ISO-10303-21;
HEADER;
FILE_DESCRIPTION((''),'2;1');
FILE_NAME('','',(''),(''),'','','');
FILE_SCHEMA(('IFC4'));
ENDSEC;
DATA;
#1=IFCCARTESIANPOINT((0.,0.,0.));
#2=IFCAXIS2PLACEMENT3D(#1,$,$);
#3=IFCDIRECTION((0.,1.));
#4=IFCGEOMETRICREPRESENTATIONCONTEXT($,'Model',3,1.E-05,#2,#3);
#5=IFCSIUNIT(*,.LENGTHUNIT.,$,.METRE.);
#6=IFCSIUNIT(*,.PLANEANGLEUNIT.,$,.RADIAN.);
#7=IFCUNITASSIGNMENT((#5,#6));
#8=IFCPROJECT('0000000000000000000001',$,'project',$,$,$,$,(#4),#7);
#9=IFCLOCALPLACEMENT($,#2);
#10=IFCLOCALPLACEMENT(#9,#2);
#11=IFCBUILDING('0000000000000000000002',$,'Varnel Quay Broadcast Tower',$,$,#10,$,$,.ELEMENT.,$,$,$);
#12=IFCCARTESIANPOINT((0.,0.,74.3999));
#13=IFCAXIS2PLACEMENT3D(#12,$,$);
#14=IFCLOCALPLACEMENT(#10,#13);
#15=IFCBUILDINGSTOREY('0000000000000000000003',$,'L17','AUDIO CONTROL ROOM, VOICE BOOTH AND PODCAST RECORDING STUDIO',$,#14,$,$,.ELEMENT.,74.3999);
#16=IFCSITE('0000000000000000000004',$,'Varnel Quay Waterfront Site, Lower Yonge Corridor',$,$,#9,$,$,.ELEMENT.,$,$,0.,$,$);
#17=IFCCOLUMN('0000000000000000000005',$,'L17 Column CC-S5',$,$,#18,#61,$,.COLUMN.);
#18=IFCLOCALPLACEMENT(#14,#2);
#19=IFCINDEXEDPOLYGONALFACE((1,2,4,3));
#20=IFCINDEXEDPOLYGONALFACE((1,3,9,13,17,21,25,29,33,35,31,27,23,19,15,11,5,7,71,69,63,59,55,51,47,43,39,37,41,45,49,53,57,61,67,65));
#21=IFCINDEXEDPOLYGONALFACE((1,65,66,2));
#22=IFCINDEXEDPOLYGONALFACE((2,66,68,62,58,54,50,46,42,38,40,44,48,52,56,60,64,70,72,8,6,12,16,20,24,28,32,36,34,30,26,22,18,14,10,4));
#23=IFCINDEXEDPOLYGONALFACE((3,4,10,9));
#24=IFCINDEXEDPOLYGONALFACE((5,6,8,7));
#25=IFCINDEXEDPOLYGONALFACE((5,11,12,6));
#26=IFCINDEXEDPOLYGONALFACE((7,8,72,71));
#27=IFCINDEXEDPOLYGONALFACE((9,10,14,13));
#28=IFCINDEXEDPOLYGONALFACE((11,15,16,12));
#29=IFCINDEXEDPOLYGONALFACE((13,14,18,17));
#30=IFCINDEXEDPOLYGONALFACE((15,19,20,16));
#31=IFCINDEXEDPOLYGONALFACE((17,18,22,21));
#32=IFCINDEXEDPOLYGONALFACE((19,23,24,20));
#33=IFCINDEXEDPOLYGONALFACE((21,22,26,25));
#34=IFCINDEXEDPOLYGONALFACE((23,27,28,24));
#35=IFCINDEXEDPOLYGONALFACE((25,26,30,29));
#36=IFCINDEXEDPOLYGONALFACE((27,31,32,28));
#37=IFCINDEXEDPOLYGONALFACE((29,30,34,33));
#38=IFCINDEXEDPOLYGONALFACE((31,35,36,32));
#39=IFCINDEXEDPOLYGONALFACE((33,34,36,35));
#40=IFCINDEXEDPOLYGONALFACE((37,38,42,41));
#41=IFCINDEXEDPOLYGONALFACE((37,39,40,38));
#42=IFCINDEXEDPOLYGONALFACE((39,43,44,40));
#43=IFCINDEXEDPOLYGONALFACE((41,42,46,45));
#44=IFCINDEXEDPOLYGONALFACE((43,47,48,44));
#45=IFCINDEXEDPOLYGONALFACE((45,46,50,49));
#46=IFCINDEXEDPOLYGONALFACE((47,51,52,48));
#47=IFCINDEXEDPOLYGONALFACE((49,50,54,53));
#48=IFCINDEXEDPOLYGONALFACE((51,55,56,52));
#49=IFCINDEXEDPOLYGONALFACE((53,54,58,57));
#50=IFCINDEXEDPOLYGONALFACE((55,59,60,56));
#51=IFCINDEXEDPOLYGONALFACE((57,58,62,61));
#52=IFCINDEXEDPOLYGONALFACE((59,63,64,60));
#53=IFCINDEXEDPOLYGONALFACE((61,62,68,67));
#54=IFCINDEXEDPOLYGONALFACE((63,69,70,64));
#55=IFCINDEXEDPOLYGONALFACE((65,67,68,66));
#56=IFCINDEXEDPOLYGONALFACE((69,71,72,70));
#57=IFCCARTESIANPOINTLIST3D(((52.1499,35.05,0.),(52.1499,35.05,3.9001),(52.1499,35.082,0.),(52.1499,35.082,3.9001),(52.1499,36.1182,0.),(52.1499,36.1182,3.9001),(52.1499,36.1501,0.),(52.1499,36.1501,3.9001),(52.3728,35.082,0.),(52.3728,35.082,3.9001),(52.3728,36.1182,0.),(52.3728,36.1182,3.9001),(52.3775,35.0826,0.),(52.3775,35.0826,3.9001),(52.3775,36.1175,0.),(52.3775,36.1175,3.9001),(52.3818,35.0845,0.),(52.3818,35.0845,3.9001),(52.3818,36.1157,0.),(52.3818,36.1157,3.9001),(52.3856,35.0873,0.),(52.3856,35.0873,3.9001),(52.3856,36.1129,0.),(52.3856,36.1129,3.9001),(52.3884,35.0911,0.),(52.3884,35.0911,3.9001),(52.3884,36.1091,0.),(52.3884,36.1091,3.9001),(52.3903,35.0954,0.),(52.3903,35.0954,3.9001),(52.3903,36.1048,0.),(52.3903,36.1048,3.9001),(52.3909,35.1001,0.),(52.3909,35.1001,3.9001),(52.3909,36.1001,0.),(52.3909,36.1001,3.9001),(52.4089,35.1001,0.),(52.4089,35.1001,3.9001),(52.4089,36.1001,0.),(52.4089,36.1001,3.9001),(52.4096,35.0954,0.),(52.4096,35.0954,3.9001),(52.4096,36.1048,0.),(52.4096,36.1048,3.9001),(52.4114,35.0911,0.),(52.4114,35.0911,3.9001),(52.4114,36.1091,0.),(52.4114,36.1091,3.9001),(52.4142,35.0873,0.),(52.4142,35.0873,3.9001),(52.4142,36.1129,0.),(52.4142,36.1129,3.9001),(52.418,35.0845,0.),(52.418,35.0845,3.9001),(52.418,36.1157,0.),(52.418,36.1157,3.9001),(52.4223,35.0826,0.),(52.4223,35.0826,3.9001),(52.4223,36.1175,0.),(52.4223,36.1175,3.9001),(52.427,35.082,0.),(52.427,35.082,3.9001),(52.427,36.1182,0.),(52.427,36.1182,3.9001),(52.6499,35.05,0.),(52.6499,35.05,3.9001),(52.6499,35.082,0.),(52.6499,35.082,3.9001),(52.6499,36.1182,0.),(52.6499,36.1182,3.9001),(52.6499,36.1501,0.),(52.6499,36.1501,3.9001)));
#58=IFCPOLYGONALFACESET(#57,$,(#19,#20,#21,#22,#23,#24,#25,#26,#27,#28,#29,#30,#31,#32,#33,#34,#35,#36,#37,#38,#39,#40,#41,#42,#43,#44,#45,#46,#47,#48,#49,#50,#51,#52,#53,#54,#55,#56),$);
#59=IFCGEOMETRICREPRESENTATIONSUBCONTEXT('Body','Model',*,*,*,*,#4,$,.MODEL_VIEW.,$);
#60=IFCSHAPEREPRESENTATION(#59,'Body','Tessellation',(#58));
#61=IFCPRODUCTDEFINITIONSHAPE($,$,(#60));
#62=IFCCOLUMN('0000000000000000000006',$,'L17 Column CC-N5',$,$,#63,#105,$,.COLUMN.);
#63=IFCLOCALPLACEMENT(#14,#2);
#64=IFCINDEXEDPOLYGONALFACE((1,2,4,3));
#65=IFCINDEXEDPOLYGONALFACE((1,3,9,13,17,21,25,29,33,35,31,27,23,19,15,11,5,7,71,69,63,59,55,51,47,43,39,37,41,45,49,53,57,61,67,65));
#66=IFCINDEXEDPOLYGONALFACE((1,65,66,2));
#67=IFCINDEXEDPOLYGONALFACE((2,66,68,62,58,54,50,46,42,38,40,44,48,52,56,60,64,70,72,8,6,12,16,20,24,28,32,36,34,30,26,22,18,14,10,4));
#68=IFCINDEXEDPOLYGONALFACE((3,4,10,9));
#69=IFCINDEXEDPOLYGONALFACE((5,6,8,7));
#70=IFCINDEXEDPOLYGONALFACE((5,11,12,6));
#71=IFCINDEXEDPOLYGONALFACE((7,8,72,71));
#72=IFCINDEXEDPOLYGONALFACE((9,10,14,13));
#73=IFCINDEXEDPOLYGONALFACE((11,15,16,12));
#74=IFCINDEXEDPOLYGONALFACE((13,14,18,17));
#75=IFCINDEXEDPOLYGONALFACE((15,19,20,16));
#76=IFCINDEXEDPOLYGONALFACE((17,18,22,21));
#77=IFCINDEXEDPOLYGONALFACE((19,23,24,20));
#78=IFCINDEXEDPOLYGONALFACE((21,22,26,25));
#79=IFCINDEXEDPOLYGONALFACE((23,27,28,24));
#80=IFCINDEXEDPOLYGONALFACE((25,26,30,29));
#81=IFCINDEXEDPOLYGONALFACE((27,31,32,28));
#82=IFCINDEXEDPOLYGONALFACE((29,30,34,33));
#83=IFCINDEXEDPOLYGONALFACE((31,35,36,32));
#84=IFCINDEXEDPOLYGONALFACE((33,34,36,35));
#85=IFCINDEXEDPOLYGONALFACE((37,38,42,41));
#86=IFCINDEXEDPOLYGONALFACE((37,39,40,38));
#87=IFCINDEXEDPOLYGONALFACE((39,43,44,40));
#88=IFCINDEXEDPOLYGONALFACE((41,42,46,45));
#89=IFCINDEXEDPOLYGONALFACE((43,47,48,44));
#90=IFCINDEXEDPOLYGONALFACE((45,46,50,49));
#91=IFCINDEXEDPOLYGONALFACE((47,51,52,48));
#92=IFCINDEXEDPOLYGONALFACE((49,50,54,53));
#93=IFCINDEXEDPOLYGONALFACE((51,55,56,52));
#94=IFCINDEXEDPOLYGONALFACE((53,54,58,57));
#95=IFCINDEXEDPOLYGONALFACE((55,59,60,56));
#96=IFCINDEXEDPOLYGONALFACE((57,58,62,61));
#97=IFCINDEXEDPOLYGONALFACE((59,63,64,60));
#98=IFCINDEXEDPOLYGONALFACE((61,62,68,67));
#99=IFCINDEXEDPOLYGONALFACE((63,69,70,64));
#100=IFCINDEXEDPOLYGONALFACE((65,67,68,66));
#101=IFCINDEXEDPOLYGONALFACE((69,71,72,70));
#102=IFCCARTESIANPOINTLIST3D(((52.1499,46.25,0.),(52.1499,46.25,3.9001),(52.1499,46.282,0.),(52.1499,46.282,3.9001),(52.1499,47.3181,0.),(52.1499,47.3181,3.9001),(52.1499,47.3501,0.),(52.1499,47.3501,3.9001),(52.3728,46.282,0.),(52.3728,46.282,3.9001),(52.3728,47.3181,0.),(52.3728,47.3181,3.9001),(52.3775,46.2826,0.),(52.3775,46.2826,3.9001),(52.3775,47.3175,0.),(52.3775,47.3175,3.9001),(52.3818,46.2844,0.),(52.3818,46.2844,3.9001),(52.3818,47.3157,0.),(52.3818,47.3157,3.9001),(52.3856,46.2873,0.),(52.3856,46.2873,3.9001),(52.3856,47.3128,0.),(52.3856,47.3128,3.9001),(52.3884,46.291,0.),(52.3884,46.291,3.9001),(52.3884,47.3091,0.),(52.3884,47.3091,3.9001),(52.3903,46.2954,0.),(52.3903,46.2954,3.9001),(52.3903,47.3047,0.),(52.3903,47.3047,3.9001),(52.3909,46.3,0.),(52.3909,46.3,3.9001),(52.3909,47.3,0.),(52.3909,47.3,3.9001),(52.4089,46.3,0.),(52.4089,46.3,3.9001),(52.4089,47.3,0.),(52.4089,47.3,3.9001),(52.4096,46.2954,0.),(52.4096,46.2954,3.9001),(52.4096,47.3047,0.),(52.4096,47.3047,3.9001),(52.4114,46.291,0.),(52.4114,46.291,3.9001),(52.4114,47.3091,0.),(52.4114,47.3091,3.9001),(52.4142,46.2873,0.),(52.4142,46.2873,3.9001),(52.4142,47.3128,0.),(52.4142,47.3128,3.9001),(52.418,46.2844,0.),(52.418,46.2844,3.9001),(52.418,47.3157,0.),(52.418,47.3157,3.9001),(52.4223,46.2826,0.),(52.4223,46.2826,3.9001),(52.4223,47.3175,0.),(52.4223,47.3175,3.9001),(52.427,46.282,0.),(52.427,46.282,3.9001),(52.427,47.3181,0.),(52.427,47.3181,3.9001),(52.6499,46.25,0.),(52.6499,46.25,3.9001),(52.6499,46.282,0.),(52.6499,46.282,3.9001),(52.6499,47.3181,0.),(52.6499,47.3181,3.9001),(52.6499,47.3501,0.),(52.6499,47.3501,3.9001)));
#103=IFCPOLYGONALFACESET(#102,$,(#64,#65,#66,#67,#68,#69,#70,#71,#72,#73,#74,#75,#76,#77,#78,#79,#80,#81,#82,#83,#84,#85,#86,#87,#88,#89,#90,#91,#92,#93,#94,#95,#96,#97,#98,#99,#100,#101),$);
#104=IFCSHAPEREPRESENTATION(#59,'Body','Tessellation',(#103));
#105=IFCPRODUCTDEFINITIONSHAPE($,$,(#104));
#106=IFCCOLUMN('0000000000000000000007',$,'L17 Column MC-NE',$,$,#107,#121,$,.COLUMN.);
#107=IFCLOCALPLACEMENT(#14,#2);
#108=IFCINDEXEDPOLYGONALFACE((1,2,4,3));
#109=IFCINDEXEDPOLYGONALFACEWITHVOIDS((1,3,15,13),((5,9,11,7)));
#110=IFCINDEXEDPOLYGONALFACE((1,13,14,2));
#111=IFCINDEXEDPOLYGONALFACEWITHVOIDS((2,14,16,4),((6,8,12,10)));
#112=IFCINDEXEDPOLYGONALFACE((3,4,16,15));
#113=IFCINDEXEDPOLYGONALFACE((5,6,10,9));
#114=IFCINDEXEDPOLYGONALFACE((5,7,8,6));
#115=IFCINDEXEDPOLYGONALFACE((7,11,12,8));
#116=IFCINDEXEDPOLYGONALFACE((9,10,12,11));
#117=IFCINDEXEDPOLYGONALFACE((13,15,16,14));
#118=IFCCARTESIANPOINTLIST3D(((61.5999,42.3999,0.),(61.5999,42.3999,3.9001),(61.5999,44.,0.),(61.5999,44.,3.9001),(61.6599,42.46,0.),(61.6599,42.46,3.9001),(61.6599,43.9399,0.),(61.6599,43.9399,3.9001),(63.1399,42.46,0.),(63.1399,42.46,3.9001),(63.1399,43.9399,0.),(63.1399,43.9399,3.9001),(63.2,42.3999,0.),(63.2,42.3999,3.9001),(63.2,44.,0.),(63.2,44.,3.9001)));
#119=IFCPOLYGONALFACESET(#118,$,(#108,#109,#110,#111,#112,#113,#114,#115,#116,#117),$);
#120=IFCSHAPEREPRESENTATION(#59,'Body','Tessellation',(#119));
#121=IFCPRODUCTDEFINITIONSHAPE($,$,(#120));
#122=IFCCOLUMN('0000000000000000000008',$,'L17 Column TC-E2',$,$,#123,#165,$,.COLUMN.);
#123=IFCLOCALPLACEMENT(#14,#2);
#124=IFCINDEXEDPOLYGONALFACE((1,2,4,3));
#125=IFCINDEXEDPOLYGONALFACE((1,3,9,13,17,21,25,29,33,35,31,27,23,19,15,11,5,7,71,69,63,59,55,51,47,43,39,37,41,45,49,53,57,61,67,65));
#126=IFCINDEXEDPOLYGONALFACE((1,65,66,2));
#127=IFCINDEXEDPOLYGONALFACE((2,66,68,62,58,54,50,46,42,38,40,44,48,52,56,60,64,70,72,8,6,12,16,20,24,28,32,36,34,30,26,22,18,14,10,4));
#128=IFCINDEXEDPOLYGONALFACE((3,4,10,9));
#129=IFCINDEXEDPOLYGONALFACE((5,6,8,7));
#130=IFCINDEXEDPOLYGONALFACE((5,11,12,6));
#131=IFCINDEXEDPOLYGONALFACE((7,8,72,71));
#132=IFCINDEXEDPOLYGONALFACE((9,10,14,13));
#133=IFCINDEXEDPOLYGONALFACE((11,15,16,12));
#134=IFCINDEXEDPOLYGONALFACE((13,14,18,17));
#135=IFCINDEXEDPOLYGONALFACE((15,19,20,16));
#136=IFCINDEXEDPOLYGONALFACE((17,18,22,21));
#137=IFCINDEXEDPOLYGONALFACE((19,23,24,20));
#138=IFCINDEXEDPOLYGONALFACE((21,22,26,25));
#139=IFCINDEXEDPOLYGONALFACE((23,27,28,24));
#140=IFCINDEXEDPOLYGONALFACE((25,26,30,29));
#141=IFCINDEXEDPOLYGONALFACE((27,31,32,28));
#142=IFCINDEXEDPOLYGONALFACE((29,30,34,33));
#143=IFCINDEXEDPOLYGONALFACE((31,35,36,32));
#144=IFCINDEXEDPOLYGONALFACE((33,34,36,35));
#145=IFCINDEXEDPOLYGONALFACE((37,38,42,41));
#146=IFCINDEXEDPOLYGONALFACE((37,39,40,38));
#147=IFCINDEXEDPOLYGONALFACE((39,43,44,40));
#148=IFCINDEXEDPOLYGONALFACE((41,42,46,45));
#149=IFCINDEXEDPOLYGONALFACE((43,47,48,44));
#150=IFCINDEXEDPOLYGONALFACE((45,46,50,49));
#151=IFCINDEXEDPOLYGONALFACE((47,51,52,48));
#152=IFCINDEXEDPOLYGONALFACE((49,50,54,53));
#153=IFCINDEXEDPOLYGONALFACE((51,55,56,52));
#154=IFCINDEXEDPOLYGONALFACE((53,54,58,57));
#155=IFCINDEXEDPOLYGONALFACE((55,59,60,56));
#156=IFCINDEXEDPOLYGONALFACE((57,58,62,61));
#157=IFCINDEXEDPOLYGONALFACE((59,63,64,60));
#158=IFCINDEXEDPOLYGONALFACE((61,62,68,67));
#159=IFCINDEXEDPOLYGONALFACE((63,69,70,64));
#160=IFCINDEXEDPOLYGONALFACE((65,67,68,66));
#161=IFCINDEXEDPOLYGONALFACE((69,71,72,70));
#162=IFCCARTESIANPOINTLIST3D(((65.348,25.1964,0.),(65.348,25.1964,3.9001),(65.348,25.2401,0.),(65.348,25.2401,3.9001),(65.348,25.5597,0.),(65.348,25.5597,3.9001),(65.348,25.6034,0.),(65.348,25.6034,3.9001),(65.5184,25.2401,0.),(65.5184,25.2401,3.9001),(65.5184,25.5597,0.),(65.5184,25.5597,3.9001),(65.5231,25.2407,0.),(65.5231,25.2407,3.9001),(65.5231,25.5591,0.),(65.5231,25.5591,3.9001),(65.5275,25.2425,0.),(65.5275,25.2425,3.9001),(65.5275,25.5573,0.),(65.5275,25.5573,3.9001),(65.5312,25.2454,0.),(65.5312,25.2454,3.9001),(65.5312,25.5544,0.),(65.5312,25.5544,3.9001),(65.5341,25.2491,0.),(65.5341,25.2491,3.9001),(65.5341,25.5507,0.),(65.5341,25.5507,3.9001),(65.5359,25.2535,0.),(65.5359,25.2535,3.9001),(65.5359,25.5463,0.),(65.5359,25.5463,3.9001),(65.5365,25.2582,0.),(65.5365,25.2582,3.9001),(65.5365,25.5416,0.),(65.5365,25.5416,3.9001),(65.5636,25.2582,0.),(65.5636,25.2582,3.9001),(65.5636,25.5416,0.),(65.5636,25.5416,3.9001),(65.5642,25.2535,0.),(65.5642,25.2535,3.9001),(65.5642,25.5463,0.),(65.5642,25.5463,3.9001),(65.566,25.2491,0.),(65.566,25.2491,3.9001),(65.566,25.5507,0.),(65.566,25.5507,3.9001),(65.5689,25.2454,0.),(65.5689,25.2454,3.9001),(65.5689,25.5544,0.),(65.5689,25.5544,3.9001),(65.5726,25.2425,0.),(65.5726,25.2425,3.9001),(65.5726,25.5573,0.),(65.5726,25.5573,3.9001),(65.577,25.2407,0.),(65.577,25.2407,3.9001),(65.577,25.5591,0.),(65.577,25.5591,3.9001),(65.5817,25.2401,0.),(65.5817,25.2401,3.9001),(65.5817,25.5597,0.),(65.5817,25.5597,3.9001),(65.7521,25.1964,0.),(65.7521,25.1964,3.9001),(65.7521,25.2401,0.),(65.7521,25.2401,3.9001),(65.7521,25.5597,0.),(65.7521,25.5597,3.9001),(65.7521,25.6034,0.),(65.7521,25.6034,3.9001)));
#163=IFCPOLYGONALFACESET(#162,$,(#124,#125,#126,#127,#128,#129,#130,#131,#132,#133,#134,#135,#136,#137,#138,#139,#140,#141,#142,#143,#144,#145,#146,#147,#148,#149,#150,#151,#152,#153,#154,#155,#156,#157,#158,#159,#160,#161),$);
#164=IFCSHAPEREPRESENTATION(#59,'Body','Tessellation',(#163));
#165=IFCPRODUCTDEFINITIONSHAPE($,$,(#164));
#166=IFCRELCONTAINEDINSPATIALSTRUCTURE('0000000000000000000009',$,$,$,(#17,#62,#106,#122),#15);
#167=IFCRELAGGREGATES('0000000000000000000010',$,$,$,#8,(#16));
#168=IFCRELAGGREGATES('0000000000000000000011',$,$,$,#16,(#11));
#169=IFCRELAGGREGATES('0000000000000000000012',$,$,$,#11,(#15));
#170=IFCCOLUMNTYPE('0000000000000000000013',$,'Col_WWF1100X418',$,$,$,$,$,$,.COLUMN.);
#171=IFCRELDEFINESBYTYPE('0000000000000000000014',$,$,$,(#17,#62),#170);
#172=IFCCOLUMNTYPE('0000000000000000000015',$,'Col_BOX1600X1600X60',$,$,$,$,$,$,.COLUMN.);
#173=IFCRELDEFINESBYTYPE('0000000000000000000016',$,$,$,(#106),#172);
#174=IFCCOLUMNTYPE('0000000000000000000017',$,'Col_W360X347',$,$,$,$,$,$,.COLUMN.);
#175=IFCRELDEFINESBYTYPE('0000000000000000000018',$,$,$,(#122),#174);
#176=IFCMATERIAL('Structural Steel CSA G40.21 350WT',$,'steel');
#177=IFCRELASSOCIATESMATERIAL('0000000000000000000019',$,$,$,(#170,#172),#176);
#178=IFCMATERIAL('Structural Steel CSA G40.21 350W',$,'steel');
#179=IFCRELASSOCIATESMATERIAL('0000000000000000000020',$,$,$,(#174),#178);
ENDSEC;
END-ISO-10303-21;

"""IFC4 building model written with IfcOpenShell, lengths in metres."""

from ifc_helpers import new_model, si_unit, direction, frame, origin, origin_2d, place, context, subcontext, project, spatial, hollow_rectangle, i_section, extrude, source, transform, mapped, material, material_profile, profile_set, type_object, type_shapes, element, save


model = new_model("IFC4")

# Units and contexts
model_context = context("Model", 3, precision=1e-05, world=origin(), true_north=direction((0.0, 1.0)))
body_context = subcontext(model_context, "Body", "Model", "MODEL_VIEW")
ifc_project = project(units=[si_unit("LENGTHUNIT", "METRE"), si_unit("PLANEANGLEUNIT", "RADIAN")], contexts=[model_context])

# Site, building, storey
site_placement = place(None, origin())
site = spatial("IfcSite", under=ifc_project, at=site_placement, Name="Varnel Quay Waterfront Site, Lower Yonge Corridor", CompositionType="ELEMENT", RefElevation=0.0)
building_placement = place(site_placement, origin())
building = spatial("IfcBuilding", under=site, at=building_placement, Name="Varnel Quay Broadcast Tower", CompositionType="ELEMENT")
storey_placement = place(building_placement, frame((0.0, 0.0, 74.3999)))
storey = spatial("IfcBuildingStorey", under=building, at=storey_placement, Name="L17", Description="AUDIO CONTROL ROOM, VOICE BOOTH AND PODCAST RECORDING STUDIO", CompositionType="ELEMENT", Elevation=74.3999)

# Columns
ifc_material_1 = material(Name="Structural Steel CSA G40.21 350WT", Category="steel")
ifc_material_profile_1 = material_profile(ifc_material_1, i_section(OverallWidth=0.5, OverallDepth=1.1001, WebThickness=0.0181, FlangeThickness=0.032, FilletRadius=0.0181, at=origin_2d()), Name="WWF1100X418")
ifc_profile_set_1 = profile_set([ifc_material_profile_1], Name="Structural Steel CSA G40.21 350WT")
column_type_1 = type_object("IfcColumnType", Name="Col_WWF1100X418", PredefinedType="COLUMN", material=ifc_profile_set_1)
shared_shape_1 = source(origin(), body_context, "Body", "SweptSolid", [
    extrude(i_section(OverallWidth=0.5, OverallDepth=1.1001, WebThickness=0.0181, FlangeThickness=0.032, FilletRadius=0.0181, at=origin_2d()), origin(), (0.0, 0.0, 1.0), 3.9001),
])
type_shapes(column_type_1, [shared_shape_1])
for number, where, z_axis, x_axis, name in (
    (1, (52.3999, 35.6001, 0.0), (0.0, 0.0, 1.0), (1.0, 0.0, 0.0), "L17 Column CC-S5"),
    (2, (52.3999, 46.8, 0.0), (0.0, 0.0, 1.0), (1.0, 0.0, 0.0), "L17 Column CC-N5"),
):
    element("IfcColumn", number, at=place(storey_placement, frame(where, z_axis=z_axis, x_axis=x_axis)), inside=storey, type_object=column_type_1, Name=name, PredefinedType="COLUMN", context=body_context, shape_type="MappedRepresentation", body=[
        mapped(shared_shape_1, transform((0.0, 0.0, 0.0), x_axis=(1.0, 0.0, 0.0), y_axis=(0.0, 1.0, 0.0), z_axis=(0.0, 0.0, 1.0), scale=1.0)),
    ])
ifc_material_profile_2 = material_profile(ifc_material_1, hollow_rectangle(XDim=1.6001, YDim=1.6001, WallThickness=0.0601, at=origin_2d()), Name="BOX1600X1600X60")
ifc_profile_set_2 = profile_set([ifc_material_profile_2], Name="Structural Steel CSA G40.21 350WT")
column_type_2 = type_object("IfcColumnType", Name="Col_BOX1600X1600X60", PredefinedType="COLUMN", material=ifc_profile_set_2)
shared_shape_2 = source(origin(), body_context, "Body", "SweptSolid", [
    extrude(hollow_rectangle(XDim=1.6001, YDim=1.6001, WallThickness=0.0601, at=origin_2d()), origin(), (0.0, 0.0, 1.0), 3.9001),
])
type_shapes(column_type_2, [shared_shape_2])
column_placement = place(storey_placement, frame((62.3999, 43.2, 0.0), z_axis=(0.0, 0.0, 1.0), x_axis=(1.0, 0.0, 0.0)))
element("IfcColumn", 3, at=column_placement, inside=storey, type_object=column_type_2, Name="L17 Column MC-NE", PredefinedType="COLUMN", context=body_context, shape_type="MappedRepresentation", body=[
    mapped(shared_shape_2, transform((0.0, 0.0, 0.0), x_axis=(1.0, 0.0, 0.0), y_axis=(0.0, 1.0, 0.0), z_axis=(0.0, 0.0, 1.0), scale=1.0)),
])
ifc_material_2 = material(Name="Structural Steel CSA G40.21 350W", Category="steel")
ifc_material_profile_3 = material_profile(ifc_material_2, i_section(OverallWidth=0.4041, OverallDepth=0.407, WebThickness=0.0271, FlangeThickness=0.0437, FilletRadius=0.0181, at=origin_2d()), Name="W360X347")
ifc_profile_set_3 = profile_set([ifc_material_profile_3], Name="Structural Steel CSA G40.21 350W")
column_type_3 = type_object("IfcColumnType", Name="Col_W360X347", PredefinedType="COLUMN", material=ifc_profile_set_3)
shared_shape_3 = source(origin(), body_context, "Body", "SweptSolid", [
    extrude(i_section(OverallWidth=0.4041, OverallDepth=0.407, WebThickness=0.0271, FlangeThickness=0.0437, FilletRadius=0.0181, at=origin_2d()), origin(), (0.0, 0.0, 1.0), 3.9001),
])
type_shapes(column_type_3, [shared_shape_3])
for number, where, z_axis, x_axis, name in (
    (4, (65.55, 25.3999, 0.0), (0.0, 0.0, 1.0), (1.0, 0.0, 0.0), "L17 Column TC-E2"),
):
    element("IfcColumn", number, at=place(storey_placement, frame(where, z_axis=z_axis, x_axis=x_axis)), inside=storey, type_object=column_type_3, Name=name, PredefinedType="COLUMN", context=body_context, shape_type="MappedRepresentation", body=[
        mapped(shared_shape_3, transform((0.0, 0.0, 0.0), x_axis=(1.0, 0.0, 0.0), y_axis=(0.0, 1.0, 0.0), z_axis=(0.0, 0.0, 1.0), scale=1.0)),
    ])

save(model, "model.ifc")
